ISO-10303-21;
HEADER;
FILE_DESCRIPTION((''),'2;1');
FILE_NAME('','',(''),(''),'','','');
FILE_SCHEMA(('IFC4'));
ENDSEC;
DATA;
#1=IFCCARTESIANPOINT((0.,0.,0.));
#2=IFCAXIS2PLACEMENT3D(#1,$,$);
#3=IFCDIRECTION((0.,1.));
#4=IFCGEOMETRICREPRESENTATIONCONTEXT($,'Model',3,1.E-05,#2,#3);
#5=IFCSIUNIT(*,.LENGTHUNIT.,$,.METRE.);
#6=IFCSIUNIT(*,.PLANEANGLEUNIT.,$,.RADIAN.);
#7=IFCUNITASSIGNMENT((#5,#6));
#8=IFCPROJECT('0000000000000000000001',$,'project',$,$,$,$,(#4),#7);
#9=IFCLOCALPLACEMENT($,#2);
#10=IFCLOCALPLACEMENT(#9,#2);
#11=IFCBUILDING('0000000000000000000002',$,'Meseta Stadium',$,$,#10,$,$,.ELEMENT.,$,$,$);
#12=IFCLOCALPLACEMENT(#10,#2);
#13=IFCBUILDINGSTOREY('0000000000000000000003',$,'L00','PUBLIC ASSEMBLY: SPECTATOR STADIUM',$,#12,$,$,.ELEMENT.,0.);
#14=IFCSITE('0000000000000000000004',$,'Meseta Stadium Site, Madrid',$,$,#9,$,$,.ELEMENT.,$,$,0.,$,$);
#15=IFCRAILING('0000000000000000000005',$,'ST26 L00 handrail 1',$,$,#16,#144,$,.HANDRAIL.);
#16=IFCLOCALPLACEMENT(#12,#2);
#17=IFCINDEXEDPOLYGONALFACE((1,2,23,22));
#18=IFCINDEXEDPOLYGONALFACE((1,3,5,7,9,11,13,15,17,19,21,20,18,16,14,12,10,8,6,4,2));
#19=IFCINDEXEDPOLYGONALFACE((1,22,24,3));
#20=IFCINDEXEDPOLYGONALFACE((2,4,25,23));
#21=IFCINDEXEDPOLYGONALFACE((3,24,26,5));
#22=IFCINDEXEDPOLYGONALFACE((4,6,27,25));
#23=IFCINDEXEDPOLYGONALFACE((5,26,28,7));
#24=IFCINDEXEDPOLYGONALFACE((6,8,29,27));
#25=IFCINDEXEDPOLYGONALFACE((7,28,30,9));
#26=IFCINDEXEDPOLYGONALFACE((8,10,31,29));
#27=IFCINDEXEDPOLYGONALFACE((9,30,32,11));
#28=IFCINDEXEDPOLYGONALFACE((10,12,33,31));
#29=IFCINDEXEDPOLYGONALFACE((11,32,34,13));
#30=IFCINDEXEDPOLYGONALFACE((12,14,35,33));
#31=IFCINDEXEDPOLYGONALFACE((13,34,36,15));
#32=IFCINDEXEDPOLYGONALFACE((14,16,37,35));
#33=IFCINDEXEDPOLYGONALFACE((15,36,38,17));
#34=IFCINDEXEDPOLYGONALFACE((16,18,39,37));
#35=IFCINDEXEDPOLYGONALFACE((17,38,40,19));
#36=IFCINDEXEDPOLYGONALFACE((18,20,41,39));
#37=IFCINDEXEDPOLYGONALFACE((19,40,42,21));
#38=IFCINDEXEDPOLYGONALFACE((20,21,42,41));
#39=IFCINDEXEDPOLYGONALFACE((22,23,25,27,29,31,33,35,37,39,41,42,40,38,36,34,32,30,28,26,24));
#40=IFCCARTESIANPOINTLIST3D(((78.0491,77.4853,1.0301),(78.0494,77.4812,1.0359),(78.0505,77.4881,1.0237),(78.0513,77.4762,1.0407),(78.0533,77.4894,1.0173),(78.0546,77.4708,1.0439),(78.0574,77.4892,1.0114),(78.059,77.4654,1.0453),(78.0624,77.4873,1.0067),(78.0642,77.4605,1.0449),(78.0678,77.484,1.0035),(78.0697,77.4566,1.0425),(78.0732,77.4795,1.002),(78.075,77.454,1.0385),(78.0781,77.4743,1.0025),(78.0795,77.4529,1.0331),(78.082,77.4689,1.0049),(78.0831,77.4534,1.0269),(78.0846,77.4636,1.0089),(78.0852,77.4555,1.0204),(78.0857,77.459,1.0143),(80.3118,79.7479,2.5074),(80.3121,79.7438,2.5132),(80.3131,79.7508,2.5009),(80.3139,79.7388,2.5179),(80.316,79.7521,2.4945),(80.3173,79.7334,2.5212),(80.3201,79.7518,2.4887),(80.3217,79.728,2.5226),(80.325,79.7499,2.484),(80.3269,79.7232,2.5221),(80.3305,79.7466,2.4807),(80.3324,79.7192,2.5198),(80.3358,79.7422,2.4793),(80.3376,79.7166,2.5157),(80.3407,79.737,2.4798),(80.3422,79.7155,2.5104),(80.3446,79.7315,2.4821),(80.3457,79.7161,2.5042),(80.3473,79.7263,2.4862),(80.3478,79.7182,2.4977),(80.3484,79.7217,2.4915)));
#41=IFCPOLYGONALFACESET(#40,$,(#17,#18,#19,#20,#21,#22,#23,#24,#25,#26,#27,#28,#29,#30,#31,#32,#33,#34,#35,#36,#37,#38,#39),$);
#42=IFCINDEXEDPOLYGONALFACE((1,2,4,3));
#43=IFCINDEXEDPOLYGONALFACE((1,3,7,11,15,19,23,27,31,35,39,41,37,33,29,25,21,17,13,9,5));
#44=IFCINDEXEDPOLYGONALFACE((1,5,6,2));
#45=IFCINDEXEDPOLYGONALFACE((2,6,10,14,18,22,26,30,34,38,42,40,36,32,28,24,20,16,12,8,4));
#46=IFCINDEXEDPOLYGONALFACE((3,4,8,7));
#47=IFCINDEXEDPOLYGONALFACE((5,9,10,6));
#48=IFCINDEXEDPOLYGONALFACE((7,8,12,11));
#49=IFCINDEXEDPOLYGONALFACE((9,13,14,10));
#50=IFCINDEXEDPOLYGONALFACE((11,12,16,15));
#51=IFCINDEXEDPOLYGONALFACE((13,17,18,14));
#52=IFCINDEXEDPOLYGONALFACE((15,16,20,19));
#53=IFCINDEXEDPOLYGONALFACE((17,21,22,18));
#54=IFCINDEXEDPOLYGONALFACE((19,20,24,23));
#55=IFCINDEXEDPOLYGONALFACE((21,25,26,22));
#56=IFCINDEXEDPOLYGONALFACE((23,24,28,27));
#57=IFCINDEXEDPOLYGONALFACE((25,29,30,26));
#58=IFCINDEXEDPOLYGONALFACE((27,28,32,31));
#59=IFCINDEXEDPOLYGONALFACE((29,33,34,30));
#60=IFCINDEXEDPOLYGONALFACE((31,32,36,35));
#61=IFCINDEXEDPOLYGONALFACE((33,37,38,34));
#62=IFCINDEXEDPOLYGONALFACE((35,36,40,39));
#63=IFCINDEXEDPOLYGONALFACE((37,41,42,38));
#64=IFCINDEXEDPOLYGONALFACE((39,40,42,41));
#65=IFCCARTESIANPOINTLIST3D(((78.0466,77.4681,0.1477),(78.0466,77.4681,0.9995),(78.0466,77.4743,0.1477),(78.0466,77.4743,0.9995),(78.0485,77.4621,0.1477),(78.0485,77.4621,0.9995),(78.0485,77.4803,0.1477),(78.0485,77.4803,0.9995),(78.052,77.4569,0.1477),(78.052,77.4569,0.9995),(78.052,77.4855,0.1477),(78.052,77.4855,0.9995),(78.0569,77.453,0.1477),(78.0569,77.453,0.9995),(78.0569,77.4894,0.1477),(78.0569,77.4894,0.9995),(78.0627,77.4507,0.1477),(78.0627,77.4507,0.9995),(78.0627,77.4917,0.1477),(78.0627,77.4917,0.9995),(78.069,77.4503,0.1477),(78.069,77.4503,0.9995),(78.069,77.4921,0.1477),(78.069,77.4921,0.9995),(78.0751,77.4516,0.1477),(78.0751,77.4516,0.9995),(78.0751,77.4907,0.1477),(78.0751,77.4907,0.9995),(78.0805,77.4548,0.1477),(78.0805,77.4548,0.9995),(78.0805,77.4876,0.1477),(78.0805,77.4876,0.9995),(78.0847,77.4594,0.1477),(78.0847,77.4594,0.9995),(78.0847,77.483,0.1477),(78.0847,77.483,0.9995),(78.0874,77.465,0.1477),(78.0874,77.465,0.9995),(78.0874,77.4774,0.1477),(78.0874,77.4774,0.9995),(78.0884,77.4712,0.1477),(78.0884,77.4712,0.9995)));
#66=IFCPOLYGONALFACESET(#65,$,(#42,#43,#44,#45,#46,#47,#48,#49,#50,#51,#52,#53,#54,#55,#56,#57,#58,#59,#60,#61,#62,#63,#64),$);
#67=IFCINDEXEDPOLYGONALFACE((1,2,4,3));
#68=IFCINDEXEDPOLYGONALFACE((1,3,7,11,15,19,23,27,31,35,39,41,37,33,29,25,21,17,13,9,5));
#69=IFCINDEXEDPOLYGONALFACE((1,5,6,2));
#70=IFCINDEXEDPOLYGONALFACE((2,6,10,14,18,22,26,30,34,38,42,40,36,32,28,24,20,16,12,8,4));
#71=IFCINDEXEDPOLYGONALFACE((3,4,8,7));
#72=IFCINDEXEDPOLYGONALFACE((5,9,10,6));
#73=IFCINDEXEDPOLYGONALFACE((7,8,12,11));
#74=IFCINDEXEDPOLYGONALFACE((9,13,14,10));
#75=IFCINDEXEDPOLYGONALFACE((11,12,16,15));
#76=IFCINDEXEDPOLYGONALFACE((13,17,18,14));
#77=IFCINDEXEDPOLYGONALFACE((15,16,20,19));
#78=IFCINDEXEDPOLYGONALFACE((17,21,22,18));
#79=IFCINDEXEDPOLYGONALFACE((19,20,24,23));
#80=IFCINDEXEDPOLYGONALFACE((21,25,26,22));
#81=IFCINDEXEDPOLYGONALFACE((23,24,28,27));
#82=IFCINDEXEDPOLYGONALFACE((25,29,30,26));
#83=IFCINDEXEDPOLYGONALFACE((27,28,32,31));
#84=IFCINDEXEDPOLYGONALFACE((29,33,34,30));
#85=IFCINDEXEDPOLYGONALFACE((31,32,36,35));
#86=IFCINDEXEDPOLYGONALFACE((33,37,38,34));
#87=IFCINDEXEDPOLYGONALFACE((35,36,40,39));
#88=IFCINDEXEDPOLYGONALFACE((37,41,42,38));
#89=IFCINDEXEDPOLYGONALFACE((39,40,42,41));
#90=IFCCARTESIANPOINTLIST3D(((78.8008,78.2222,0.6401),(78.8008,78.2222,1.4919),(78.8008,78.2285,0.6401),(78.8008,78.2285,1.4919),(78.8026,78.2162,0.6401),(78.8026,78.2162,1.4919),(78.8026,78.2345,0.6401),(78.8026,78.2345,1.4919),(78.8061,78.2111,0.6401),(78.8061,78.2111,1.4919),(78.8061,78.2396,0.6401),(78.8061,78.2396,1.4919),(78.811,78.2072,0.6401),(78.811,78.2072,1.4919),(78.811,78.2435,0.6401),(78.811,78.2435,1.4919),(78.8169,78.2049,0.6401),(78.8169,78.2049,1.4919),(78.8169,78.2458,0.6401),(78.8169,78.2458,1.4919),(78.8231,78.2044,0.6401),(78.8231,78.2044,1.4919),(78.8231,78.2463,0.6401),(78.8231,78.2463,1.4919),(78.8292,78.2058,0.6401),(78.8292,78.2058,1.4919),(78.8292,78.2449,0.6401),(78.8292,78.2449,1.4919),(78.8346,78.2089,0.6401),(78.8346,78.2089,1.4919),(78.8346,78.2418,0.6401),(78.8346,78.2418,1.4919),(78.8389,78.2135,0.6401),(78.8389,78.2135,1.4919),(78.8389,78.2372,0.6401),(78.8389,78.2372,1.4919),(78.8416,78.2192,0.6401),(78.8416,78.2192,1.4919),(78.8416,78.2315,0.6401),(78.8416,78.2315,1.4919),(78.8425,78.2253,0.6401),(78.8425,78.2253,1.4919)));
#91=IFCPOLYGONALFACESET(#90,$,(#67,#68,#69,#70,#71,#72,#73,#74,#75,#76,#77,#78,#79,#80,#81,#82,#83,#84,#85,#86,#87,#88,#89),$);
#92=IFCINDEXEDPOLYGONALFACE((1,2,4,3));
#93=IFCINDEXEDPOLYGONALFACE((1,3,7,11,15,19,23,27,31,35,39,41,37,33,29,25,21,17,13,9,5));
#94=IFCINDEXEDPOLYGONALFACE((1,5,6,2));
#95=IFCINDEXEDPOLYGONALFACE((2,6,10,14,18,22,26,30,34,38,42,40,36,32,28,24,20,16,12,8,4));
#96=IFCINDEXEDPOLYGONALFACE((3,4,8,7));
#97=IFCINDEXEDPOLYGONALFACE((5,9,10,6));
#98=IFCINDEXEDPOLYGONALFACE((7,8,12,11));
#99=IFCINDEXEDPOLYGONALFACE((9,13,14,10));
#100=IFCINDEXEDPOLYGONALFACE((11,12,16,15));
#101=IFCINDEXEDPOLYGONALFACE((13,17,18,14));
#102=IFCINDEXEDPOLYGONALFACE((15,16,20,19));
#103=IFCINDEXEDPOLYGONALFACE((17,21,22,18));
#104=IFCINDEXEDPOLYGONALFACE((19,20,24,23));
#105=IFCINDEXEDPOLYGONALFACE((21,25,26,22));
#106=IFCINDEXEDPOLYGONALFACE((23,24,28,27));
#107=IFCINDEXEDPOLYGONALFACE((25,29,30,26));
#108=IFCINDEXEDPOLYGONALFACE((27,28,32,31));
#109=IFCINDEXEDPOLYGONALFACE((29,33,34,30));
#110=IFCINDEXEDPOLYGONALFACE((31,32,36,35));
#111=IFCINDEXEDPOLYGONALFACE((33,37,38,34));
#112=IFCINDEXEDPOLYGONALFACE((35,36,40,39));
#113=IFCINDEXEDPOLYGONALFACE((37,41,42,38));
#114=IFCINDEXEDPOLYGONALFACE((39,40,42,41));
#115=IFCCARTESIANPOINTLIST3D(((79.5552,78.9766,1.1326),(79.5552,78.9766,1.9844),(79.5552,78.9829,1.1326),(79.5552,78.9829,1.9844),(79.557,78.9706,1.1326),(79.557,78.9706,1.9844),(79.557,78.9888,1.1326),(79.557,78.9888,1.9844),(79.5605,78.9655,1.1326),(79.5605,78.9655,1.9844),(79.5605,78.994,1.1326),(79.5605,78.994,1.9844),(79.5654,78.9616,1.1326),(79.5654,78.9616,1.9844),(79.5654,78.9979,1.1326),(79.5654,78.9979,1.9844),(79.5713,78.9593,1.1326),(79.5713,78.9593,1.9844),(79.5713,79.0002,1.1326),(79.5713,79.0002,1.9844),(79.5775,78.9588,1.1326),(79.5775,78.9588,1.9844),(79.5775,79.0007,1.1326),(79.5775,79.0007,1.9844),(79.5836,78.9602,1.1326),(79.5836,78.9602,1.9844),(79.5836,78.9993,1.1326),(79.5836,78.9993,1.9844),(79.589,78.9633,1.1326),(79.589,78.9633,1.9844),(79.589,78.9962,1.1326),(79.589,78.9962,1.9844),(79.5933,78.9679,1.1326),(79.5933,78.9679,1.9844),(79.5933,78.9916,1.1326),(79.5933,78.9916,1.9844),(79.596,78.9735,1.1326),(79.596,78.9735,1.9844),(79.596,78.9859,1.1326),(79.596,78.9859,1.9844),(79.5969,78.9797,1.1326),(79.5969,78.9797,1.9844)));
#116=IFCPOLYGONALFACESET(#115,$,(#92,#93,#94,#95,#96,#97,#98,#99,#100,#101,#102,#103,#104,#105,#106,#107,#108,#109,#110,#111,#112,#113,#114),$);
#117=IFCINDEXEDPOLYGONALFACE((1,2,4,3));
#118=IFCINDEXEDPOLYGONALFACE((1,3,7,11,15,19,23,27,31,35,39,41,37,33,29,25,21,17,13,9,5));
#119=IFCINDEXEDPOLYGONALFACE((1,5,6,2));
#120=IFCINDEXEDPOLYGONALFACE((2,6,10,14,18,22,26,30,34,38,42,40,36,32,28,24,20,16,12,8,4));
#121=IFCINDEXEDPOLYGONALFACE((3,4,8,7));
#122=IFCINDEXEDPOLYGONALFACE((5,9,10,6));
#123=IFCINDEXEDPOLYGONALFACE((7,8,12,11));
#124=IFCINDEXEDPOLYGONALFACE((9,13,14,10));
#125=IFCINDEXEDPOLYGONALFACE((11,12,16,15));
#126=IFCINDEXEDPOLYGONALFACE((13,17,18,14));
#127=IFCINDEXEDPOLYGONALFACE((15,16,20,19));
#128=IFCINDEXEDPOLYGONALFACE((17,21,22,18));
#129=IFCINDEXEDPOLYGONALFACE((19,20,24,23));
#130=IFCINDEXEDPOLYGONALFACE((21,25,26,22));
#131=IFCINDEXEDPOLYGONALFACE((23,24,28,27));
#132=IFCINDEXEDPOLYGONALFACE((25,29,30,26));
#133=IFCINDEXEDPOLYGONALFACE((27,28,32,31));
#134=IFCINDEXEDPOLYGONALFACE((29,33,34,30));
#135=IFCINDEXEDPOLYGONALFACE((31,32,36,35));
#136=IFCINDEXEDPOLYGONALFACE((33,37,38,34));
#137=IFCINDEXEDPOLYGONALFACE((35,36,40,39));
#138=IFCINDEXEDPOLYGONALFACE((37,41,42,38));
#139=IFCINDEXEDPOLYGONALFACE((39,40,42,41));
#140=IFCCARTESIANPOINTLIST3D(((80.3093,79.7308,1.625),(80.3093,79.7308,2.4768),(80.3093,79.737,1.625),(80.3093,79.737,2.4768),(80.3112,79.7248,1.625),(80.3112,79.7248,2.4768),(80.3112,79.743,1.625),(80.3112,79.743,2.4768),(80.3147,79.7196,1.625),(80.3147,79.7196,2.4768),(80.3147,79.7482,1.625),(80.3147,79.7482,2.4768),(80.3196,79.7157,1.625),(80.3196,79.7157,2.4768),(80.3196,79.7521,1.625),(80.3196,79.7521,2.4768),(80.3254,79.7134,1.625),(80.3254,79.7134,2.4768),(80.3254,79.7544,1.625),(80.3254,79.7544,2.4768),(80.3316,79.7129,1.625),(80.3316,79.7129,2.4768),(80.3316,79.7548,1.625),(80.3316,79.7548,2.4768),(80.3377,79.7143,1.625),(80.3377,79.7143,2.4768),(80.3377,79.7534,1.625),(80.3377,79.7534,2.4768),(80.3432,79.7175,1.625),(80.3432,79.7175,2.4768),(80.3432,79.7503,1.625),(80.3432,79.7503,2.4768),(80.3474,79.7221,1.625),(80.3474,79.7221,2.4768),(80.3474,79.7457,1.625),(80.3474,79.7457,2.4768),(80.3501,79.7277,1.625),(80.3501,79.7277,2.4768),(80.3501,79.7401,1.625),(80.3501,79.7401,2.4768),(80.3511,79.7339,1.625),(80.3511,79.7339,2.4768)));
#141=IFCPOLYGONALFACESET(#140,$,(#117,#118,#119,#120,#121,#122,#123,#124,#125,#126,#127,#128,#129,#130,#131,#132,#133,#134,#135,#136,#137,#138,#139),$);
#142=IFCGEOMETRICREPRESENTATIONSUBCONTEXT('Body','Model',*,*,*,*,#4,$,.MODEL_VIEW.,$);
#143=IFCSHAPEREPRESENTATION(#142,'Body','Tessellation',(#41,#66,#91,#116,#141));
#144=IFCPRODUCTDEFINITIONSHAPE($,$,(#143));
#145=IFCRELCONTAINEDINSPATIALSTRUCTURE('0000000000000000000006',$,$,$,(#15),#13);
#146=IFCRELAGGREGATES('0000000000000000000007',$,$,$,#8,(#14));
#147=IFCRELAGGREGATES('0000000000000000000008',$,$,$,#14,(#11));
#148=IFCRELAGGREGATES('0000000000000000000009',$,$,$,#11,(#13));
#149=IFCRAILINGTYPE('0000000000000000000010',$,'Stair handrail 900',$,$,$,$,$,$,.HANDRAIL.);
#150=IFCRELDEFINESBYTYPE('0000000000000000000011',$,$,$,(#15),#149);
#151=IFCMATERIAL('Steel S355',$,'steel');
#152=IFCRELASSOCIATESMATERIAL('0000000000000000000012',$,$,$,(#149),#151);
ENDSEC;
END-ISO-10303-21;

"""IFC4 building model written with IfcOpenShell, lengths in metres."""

from ifc_helpers import new_model, si_unit, direction, frame, origin, origin_2d, place, context, subcontext, project, spatial, circle, extrude, material, type_object, element, save


model = new_model("IFC4")

# Units and contexts
model_context = context("Model", 3, precision=1e-05, world=origin(), true_north=direction((0.0, 1.0)))
body_context = subcontext(model_context, "Body", "Model", "MODEL_VIEW")
ifc_project = project(units=[si_unit("LENGTHUNIT", "METRE"), si_unit("PLANEANGLEUNIT", "RADIAN")], contexts=[model_context])

# Site, building, storey
site_placement = place(None, origin())
site = spatial("IfcSite", under=ifc_project, at=site_placement, Name="Meseta Stadium Site, Madrid", CompositionType="ELEMENT", RefElevation=0.0)
building_placement = place(site_placement, origin())
building = spatial("IfcBuilding", under=site, at=building_placement, Name="Meseta Stadium", CompositionType="ELEMENT")
storey_placement = place(building_placement, origin())
storey = spatial("IfcBuildingStorey", under=building, at=storey_placement, Name="L00", Description="PUBLIC ASSEMBLY: SPECTATOR STADIUM", CompositionType="ELEMENT", Elevation=0.0)

# Railing
ifc_material_1 = material(Name="Steel S355", Category="steel")
railing_type_1 = type_object("IfcRailingType", Name="Stair handrail 900", PredefinedType="HANDRAIL", material=ifc_material_1)
for number, where, name in (
    (1, (78.0674, 77.4712, 0.1477), "ST26 L00 handrail 1"),
):
    element("IfcRailing", number, at=place(storey_placement, frame(where)), inside=storey, type_object=railing_type_1, Name=name, PredefinedType="HANDRAIL", context=body_context, shape_type="SweptSolid", body=[
        extrude(circle(Radius=0.0239, at=origin_2d()), frame((0.0, 0.0, 0.876), z_axis=(0.641994, 0.641994, 0.419152), x_axis=(-0.707107, 0.707107, 0.0)), (0.0, 0.0, 1.0), 3.5244),
        extrude(circle(Radius=0.021, at=origin_2d()), origin(), (0.0, 0.0, 1.0), 0.8518),
        extrude(circle(Radius=0.021, at=origin_2d()), frame((0.7542, 0.7542, 0.4924)), (0.0, 0.0, 1.0), 0.8518),
        extrude(circle(Radius=0.021, at=origin_2d()), frame((1.5085, 1.5085, 0.9849)), (0.0, 0.0, 1.0), 0.8518),
        extrude(circle(Radius=0.021, at=origin_2d()), frame((2.2627, 2.2627, 1.4773)), (0.0, 0.0, 1.0), 0.8518),
    ])

save(model, "model.ifc")
